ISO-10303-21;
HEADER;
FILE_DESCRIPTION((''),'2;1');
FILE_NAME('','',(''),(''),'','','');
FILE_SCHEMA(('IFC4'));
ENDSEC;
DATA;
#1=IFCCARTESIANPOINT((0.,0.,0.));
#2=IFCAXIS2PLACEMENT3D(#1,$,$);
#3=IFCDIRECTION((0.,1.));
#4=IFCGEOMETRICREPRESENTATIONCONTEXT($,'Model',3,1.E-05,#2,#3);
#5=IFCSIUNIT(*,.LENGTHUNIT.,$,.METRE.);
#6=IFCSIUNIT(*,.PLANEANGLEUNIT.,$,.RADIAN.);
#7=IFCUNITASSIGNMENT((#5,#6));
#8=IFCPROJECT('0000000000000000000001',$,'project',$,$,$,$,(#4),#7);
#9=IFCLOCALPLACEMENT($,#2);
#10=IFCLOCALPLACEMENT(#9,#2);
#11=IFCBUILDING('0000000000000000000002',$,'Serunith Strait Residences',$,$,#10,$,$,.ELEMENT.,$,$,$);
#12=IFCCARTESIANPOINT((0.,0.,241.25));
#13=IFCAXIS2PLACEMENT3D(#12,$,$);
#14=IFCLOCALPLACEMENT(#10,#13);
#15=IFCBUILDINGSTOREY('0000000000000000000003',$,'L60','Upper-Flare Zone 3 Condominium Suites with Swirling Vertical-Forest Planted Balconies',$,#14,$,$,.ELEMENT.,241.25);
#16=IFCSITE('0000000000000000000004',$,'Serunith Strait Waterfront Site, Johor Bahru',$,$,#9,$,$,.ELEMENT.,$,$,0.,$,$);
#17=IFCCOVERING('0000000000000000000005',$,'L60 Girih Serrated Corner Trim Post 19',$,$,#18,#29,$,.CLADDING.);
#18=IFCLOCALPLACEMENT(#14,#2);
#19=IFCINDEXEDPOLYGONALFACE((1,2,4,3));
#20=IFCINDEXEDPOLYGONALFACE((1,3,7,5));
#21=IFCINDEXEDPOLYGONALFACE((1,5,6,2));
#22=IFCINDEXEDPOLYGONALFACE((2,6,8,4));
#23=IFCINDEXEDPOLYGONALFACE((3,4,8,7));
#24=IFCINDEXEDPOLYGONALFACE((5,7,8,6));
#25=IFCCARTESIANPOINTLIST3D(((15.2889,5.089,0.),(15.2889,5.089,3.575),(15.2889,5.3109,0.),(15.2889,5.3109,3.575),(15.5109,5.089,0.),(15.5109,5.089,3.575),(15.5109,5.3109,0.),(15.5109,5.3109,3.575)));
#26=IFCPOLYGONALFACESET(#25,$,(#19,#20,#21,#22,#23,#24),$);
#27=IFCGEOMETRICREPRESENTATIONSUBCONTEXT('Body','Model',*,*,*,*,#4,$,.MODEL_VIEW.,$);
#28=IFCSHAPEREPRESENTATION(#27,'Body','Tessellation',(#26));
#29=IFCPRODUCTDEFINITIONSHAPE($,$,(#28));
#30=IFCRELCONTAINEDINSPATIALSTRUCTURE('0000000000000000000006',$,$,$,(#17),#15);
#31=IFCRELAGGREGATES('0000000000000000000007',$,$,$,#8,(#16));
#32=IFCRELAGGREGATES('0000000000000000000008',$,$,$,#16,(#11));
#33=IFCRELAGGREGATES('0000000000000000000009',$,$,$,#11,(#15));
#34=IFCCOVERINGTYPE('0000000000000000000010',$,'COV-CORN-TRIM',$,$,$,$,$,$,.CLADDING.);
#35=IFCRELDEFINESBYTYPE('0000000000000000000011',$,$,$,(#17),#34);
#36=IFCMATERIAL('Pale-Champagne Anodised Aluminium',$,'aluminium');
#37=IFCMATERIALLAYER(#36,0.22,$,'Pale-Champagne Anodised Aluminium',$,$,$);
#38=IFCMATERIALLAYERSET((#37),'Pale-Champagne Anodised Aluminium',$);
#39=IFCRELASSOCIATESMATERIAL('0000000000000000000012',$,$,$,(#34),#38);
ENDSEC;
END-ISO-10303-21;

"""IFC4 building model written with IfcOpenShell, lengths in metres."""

from ifc_helpers import new_model, si_unit, direction, frame, origin, origin_2d, place, context, subcontext, project, spatial, rectangle, extrude, source, transform, mapped, material, layer, layer_set, type_object, element, save


model = new_model("IFC4")

# Units and contexts
model_context = context("Model", 3, precision=1e-05, world=origin(), true_north=direction((0.0, 1.0)))
body_context = subcontext(model_context, "Body", "Model", "MODEL_VIEW")
ifc_project = project(units=[si_unit("LENGTHUNIT", "METRE"), si_unit("PLANEANGLEUNIT", "RADIAN")], contexts=[model_context])

# Site, building, storey
site_placement = place(None, origin())
site = spatial("IfcSite", under=ifc_project, at=site_placement, Name="Serunith Strait Waterfront Site, Johor Bahru", CompositionType="ELEMENT", RefElevation=0.0)
building_placement = place(site_placement, origin())
building = spatial("IfcBuilding", under=site, at=building_placement, Name="Serunith Strait Residences", CompositionType="ELEMENT")
storey_placement = place(building_placement, frame((0.0, 0.0, 241.25)))
storey = spatial("IfcBuildingStorey", under=building, at=storey_placement, Name="L60", Description="Upper-Flare Zone 3 Condominium Suites with Swirling Vertical-Forest Planted Balconies", CompositionType="ELEMENT", Elevation=241.25)

# Shared definitions
ifc_material_1 = material(Name="Pale-Champagne Anodised Aluminium", Category="aluminium")

# Covering
ifc_layer_1 = layer(ifc_material_1, 0.22, Name="Pale-Champagne Anodised Aluminium")
ifc_layer_set_1 = layer_set([ifc_layer_1], Name="Pale-Champagne Anodised Aluminium")
covering_type_1 = type_object("IfcCoveringType", Name="COV-CORN-TRIM", PredefinedType="CLADDING", material=ifc_layer_set_1)
shared_shape_1 = source(origin(), body_context, "Body", "SweptSolid", [
    extrude(rectangle(XDim=0.2219, YDim=0.2219, at=origin_2d()), origin(), (0.0, 0.0, 1.0), 3.575),
])
for number, where, z_axis, x_axis, name in (
    (1, (15.3999, 5.2, 0.0), (0.0, 0.0, 1.0), (1.0, 0.0, 0.0), "L60 Girih Serrated Corner Trim Post 19"),
):
    element("IfcCovering", number, at=place(storey_placement, frame(where, z_axis=z_axis, x_axis=x_axis)), inside=storey, type_object=covering_type_1, Name=name, PredefinedType="CLADDING", context=body_context, shape_type="MappedRepresentation", body=[
        mapped(shared_shape_1, transform((0.0, 0.0, 0.0), scale=1.0)),
    ])

save(model, "model.ifc")
